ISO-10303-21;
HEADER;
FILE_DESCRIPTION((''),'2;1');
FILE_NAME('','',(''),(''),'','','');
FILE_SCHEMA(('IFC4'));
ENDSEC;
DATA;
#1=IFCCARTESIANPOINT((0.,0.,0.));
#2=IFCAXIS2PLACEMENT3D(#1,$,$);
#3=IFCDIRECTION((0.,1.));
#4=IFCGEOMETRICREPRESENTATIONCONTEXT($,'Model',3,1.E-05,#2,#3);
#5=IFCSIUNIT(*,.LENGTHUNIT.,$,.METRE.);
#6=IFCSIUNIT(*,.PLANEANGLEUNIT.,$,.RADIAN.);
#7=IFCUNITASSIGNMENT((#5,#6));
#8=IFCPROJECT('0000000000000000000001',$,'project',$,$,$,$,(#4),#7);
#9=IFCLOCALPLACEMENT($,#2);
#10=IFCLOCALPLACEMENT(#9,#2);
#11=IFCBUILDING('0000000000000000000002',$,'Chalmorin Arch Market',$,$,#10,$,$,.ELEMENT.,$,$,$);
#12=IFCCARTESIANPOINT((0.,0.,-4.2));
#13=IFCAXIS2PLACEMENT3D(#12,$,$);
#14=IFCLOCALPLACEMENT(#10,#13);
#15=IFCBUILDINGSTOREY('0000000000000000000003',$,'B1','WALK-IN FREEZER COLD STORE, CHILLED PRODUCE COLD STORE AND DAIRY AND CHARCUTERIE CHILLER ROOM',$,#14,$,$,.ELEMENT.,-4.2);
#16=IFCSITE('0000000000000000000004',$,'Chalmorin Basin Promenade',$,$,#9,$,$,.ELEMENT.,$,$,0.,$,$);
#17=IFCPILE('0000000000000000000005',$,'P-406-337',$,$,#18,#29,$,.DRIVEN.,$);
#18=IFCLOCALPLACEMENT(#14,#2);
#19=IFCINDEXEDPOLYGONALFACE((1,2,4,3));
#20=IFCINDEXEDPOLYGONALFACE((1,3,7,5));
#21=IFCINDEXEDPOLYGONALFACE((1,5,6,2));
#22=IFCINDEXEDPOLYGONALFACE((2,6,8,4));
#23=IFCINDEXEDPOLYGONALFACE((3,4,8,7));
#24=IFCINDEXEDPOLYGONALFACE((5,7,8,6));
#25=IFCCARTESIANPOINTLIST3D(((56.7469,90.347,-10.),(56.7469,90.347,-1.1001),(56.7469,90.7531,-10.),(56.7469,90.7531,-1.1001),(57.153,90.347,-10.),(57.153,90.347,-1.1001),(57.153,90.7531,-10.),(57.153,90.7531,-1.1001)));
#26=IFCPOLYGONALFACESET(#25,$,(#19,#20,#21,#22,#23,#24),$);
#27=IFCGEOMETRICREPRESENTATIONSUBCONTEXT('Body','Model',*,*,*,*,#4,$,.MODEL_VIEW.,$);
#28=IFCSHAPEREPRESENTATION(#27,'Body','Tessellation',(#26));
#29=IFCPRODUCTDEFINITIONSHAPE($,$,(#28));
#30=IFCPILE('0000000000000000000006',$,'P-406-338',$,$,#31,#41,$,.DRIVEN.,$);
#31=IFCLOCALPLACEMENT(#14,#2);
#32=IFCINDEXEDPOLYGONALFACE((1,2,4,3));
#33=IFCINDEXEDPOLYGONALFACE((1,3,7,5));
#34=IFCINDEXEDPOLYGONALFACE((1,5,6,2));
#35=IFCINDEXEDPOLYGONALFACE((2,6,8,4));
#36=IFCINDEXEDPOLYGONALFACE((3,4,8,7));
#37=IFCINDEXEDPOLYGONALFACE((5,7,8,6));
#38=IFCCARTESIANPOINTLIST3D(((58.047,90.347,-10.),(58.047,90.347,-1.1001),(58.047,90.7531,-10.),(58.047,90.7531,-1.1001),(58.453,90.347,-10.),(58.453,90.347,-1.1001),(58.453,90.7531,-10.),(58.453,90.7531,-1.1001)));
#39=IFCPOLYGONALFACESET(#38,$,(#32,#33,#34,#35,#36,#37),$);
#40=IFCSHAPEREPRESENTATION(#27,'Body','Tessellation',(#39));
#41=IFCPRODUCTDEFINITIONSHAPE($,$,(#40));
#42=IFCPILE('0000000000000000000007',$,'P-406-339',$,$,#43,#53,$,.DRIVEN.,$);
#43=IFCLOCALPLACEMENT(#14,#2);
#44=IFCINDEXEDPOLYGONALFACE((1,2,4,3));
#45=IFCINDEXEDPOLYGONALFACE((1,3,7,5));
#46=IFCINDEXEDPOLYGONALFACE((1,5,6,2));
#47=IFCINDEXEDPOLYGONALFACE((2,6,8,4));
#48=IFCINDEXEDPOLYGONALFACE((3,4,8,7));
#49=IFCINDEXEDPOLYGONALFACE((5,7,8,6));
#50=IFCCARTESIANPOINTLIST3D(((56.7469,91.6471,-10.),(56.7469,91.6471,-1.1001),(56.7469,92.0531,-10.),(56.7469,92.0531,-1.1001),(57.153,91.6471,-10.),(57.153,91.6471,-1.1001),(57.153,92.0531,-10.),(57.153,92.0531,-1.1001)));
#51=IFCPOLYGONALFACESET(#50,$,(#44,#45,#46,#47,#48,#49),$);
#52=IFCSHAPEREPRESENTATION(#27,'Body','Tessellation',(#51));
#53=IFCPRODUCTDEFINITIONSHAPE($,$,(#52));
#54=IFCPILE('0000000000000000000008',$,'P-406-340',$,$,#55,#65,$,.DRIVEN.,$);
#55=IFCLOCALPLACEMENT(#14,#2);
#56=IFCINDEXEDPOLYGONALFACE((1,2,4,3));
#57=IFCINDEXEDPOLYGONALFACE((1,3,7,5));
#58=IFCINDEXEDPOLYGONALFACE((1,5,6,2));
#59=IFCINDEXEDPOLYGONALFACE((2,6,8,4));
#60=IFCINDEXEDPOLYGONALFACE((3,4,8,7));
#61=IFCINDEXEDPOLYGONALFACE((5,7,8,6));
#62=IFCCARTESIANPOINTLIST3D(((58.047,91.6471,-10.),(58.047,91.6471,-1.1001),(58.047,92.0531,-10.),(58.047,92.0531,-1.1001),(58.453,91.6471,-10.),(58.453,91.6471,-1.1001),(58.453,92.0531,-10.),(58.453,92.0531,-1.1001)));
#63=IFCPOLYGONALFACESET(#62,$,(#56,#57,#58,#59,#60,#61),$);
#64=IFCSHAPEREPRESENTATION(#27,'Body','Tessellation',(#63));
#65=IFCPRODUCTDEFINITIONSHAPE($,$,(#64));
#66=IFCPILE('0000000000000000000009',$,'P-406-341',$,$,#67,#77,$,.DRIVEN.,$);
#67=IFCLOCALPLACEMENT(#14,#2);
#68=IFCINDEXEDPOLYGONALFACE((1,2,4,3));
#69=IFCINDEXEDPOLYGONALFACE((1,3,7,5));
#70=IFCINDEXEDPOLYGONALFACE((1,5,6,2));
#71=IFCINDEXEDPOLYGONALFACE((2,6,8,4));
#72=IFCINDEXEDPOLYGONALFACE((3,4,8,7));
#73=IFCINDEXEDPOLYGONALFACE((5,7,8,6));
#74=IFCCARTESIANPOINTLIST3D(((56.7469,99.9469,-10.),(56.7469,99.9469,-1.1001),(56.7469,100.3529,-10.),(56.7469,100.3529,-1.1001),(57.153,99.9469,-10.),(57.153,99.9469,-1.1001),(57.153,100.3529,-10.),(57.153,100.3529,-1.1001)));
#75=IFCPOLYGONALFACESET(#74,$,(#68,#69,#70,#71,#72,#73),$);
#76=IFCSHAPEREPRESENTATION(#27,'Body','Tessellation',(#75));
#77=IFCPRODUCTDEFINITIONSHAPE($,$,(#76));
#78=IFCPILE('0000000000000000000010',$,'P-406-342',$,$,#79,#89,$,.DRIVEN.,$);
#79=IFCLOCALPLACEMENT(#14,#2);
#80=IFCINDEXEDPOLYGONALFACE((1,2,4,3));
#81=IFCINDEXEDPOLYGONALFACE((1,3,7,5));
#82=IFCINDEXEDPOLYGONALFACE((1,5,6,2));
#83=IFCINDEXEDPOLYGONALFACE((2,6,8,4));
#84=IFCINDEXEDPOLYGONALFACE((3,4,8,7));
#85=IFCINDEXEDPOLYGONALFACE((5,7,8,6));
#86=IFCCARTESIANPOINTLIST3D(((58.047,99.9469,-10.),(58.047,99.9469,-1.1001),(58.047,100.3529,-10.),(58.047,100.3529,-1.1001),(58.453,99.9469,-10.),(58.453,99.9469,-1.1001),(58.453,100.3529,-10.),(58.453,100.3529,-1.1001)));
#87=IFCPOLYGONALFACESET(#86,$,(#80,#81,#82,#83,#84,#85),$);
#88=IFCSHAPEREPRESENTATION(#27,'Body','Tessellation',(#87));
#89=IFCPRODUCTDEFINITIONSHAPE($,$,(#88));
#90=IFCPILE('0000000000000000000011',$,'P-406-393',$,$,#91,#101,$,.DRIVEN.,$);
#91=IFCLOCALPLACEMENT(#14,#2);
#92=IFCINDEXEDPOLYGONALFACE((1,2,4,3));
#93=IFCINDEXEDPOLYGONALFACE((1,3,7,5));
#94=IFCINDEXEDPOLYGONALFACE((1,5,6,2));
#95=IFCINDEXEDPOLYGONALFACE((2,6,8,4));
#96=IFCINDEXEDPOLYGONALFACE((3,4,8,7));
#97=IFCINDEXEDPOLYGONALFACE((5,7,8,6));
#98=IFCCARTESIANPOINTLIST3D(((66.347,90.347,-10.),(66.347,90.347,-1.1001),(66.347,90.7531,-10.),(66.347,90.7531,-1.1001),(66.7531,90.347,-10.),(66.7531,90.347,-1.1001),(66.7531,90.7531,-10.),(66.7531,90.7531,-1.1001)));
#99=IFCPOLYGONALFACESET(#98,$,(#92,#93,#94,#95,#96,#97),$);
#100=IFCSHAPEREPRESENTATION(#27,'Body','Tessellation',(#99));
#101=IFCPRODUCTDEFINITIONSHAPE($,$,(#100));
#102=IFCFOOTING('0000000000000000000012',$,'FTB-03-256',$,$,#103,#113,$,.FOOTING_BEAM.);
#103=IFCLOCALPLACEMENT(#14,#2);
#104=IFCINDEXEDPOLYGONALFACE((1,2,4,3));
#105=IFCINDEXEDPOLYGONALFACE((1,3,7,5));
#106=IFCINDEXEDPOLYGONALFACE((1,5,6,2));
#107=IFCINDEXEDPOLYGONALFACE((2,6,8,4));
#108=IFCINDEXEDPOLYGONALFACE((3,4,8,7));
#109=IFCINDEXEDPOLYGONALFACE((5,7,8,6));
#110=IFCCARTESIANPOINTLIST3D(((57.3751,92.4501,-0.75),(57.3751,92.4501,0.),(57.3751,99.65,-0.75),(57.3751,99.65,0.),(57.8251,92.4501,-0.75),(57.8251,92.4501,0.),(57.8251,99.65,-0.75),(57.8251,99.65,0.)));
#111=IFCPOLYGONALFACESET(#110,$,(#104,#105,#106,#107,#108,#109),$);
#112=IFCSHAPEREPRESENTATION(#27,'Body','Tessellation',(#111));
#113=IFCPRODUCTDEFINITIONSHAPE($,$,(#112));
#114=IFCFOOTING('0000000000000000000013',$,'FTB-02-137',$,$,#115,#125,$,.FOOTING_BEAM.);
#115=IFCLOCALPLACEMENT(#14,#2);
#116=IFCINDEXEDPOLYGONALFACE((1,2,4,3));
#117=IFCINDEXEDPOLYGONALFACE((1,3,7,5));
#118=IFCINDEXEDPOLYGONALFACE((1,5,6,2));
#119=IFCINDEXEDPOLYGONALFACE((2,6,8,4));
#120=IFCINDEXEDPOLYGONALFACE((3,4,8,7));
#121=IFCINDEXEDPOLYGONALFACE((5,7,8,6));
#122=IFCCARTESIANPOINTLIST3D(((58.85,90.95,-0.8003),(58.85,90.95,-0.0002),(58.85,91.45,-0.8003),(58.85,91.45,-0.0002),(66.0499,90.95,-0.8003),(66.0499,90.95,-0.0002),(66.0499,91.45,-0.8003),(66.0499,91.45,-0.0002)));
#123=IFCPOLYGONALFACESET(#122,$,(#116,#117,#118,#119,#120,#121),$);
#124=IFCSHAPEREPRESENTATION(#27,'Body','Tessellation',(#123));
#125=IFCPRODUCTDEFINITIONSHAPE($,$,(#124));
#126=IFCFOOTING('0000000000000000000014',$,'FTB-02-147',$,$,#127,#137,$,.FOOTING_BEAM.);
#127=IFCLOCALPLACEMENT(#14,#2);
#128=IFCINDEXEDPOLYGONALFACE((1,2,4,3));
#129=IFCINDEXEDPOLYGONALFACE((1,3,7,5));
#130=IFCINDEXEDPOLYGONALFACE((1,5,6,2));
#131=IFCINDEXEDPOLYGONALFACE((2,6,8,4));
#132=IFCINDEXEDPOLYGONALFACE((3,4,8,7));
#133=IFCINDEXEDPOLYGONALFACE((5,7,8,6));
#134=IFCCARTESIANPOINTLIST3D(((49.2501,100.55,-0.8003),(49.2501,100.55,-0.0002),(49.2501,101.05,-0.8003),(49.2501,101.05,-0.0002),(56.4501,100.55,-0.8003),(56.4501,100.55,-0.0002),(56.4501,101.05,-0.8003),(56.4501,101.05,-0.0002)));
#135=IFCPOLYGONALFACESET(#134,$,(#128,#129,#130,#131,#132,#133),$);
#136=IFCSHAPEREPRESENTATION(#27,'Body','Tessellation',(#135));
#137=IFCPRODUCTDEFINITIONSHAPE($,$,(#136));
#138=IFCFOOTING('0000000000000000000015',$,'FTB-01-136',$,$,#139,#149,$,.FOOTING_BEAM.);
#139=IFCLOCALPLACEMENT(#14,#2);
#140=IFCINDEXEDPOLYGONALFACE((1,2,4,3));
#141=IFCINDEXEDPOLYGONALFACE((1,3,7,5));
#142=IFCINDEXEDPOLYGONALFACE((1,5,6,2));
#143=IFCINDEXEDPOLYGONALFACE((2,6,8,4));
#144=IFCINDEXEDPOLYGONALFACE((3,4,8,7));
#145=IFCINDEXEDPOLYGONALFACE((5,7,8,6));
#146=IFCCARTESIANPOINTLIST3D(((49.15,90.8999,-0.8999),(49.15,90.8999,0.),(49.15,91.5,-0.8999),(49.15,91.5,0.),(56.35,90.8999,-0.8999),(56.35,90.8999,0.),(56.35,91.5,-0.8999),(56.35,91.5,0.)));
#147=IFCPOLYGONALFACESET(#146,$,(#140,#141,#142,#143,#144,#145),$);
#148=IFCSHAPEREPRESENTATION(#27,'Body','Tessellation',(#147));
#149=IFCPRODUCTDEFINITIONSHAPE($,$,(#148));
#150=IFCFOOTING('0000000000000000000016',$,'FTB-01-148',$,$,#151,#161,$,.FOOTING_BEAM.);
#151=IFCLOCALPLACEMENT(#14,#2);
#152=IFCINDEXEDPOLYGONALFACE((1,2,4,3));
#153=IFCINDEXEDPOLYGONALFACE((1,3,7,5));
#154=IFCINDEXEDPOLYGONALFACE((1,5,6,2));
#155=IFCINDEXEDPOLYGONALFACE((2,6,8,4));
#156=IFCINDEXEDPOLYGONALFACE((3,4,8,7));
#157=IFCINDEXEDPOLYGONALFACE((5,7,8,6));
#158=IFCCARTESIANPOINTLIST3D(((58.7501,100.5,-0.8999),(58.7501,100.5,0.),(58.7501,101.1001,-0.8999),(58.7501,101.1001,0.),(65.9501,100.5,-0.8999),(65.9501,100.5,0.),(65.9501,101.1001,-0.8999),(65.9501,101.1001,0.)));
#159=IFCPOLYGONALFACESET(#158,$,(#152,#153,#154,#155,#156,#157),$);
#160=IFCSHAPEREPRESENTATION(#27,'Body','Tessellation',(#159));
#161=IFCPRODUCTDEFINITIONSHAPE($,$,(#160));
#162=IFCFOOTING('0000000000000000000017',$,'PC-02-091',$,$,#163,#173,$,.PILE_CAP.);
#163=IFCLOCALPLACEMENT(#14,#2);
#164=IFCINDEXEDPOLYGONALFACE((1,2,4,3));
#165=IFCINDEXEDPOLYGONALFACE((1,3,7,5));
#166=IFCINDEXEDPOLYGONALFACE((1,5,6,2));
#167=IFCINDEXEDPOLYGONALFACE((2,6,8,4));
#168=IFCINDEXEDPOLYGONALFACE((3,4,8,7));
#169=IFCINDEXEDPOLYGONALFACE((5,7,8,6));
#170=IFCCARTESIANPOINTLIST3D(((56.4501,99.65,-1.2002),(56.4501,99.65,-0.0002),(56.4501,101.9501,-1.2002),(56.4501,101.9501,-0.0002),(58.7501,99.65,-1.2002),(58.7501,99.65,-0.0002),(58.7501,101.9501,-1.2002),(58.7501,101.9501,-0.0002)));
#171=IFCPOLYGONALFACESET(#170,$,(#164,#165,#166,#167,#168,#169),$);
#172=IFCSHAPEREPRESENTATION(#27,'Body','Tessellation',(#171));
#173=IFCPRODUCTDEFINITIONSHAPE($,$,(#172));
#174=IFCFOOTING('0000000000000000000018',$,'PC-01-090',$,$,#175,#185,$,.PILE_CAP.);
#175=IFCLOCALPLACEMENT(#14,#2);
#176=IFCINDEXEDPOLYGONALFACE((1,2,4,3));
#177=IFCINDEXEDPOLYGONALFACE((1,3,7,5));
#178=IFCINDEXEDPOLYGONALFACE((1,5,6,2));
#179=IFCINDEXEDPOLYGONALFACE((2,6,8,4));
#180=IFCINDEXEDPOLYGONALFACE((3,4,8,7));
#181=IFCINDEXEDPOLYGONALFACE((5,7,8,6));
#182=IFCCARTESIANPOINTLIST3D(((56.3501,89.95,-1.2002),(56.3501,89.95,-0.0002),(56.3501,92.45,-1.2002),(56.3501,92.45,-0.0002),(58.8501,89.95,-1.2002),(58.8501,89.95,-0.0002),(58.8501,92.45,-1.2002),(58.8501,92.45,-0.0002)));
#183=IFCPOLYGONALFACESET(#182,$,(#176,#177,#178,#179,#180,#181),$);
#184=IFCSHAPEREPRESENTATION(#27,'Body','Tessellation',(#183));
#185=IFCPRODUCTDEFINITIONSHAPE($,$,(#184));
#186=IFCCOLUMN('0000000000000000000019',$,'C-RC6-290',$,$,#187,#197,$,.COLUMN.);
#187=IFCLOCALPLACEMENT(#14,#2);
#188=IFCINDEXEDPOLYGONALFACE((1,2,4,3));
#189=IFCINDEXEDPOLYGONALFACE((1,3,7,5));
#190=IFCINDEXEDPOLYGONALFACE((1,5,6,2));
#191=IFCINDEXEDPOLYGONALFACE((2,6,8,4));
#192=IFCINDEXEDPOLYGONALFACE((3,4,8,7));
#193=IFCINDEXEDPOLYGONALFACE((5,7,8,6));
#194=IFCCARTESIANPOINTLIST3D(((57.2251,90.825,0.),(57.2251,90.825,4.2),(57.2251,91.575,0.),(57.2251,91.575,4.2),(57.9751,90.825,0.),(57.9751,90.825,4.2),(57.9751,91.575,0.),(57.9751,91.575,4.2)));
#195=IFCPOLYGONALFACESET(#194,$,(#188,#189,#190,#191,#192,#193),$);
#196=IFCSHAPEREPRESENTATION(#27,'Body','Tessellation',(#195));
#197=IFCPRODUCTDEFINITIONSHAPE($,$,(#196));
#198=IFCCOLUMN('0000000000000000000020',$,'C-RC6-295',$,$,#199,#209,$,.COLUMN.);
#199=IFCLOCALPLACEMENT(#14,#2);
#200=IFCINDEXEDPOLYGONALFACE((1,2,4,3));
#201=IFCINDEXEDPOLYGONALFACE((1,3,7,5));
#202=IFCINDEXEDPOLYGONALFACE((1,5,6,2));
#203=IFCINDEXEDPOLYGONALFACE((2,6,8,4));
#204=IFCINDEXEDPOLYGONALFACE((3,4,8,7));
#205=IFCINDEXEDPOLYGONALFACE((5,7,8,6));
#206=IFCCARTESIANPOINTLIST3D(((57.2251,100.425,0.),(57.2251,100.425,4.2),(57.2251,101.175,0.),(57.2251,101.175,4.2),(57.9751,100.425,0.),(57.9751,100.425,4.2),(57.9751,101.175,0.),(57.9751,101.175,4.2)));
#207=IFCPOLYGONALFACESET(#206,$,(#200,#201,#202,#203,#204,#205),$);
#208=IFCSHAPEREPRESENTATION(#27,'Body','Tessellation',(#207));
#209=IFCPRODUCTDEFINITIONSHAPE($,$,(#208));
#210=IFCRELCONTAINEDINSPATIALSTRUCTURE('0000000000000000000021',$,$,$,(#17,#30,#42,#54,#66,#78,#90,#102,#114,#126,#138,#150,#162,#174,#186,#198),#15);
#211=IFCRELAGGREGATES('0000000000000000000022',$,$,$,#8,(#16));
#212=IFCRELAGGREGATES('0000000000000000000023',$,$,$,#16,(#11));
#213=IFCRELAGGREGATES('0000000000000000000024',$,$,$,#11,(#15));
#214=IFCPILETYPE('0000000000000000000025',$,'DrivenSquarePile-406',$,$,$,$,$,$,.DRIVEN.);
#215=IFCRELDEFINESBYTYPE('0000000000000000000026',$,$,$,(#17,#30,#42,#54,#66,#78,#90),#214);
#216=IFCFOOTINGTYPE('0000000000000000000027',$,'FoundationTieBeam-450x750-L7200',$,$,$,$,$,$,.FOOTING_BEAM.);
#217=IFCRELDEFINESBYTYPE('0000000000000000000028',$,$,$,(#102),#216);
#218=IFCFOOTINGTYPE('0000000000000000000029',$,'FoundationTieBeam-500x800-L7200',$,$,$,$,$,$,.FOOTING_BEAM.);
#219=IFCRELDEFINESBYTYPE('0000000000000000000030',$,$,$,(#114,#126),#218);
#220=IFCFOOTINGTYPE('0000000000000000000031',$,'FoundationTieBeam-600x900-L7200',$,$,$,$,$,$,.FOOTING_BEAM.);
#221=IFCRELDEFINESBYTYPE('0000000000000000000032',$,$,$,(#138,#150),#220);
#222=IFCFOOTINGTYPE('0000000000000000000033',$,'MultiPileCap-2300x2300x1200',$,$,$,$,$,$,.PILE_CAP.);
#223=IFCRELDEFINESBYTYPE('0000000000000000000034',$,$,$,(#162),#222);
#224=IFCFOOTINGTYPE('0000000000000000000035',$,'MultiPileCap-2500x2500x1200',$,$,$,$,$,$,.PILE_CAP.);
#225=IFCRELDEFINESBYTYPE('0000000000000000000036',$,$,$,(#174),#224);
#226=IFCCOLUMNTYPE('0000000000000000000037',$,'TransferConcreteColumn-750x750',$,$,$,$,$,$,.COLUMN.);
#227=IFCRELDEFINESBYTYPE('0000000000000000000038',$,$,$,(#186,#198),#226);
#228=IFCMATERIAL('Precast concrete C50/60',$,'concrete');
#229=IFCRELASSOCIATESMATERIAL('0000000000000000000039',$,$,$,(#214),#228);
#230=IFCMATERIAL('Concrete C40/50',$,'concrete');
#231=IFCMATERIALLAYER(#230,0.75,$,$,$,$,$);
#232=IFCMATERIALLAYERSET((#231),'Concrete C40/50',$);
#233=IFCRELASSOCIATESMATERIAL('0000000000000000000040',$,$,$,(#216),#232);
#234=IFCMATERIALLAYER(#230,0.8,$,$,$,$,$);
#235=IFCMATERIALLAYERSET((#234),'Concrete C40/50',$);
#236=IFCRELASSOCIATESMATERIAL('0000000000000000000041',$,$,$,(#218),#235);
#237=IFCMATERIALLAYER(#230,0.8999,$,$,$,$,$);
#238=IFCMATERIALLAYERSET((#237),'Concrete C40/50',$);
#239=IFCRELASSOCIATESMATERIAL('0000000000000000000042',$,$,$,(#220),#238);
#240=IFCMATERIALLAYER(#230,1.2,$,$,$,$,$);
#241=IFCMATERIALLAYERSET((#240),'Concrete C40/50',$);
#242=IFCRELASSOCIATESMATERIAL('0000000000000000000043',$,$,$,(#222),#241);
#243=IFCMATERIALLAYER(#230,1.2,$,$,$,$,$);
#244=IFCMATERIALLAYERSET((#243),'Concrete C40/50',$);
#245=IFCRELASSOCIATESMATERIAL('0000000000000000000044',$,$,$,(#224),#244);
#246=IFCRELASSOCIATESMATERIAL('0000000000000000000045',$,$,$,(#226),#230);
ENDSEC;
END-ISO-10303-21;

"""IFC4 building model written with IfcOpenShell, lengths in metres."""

from ifc_helpers import new_model, si_unit, direction, frame, origin, origin_2d, place, context, subcontext, project, spatial, rectangle, extrude, material, layer, layer_set, material_profile, profile_set, type_object, element, save


model = new_model("IFC4")

# Units and contexts
model_context = context("Model", 3, precision=1e-05, world=origin(), true_north=direction((0.0, 1.0)))
body_context = subcontext(model_context, "Body", "Model", "MODEL_VIEW")
ifc_project = project(units=[si_unit("LENGTHUNIT", "METRE"), si_unit("PLANEANGLEUNIT", "RADIAN")], contexts=[model_context])

# Site, building, storey
site_placement = place(None, origin())
site = spatial("IfcSite", under=ifc_project, at=site_placement, Name="Chalmorin Basin Promenade", CompositionType="ELEMENT", RefElevation=0.0)
building_placement = place(site_placement, origin())
building = spatial("IfcBuilding", under=site, at=building_placement, Name="Chalmorin Arch Market", CompositionType="ELEMENT")
storey_placement = place(building_placement, frame((0.0, 0.0, -4.2)))
storey = spatial("IfcBuildingStorey", under=building, at=storey_placement, Name="B1", Description="WALK-IN FREEZER COLD STORE, CHILLED PRODUCE COLD STORE AND DAIRY AND CHARCUTERIE CHILLER ROOM", CompositionType="ELEMENT", Elevation=-4.2)

# Piles
ifc_material_1 = material(Name="Precast concrete C50/60", Category="concrete")
ifc_material_profile_1 = material_profile(ifc_material_1, rectangle(XDim=0.406, YDim=0.406, at=origin_2d()), Name="PPC406")
ifc_profile_set_1 = profile_set([ifc_material_profile_1], Name="Precast concrete C50/60")
pile_type = type_object("IfcPileType", Name="DrivenSquarePile-406", PredefinedType="DRIVEN", material=ifc_profile_set_1)
for number, where, z_axis, x_axis, name in (
    (1, (56.95, 90.55, -1.1001), (0.0, 0.0, -1.0), (1.0, 0.0, 0.0), "P-406-337"),
    (2, (58.25, 90.55, -1.1001), (0.0, 0.0, -1.0), (1.0, 0.0, 0.0), "P-406-338"),
    (3, (56.95, 91.8501, -1.1001), (0.0, 0.0, -1.0), (1.0, 0.0, 0.0), "P-406-339"),
    (4, (58.25, 91.8501, -1.1001), (0.0, 0.0, -1.0), (1.0, 0.0, 0.0), "P-406-340"),
    (5, (56.95, 100.1499, -1.1001), (0.0, 0.0, -1.0), (1.0, 0.0, 0.0), "P-406-341"),
    (6, (58.25, 100.1499, -1.1001), (0.0, 0.0, -1.0), (1.0, 0.0, 0.0), "P-406-342"),
    (7, (66.55, 90.55, -1.1001), (0.0, 0.0, -1.0), (1.0, 0.0, 0.0), "P-406-393"),
):
    element("IfcPile", number, at=place(storey_placement, frame(where, z_axis=z_axis, x_axis=x_axis)), inside=storey, type_object=pile_type, Name=name, PredefinedType="DRIVEN", context=body_context, shape_type="SweptSolid", body=[
        extrude(rectangle(XDim=0.406, YDim=0.406, at=origin_2d()), origin(), (0.0, 0.0, 1.0), 8.8999),
    ])

# Footings
ifc_material_2 = material(Name="Concrete C40/50", Category="concrete")
ifc_layer_1 = layer(ifc_material_2, 0.75)
ifc_layer_set_1 = layer_set([ifc_layer_1], Name="Concrete C40/50")
footing_type_1 = type_object("IfcFootingType", Name="FoundationTieBeam-450x750-L7200", PredefinedType="FOOTING_BEAM", material=ifc_layer_set_1)
footing_1_placement = place(storey_placement, frame((57.6001, 96.05, -0.75), z_axis=(0.0, 0.0, 1.0), x_axis=(0.0, 1.0, 0.0)))
element("IfcFooting", 8, at=footing_1_placement, inside=storey, type_object=footing_type_1, Name="FTB-03-256", PredefinedType="FOOTING_BEAM", context=body_context, shape_type="SweptSolid", body=[
    extrude(rectangle(XDim=7.2, YDim=0.45, at=origin_2d()), origin(), (0.0, 0.0, 1.0), 0.75),
])
ifc_layer_2 = layer(ifc_material_2, 0.8)
ifc_layer_set_2 = layer_set([ifc_layer_2], Name="Concrete C40/50")
footing_type_2 = type_object("IfcFootingType", Name="FoundationTieBeam-500x800-L7200", PredefinedType="FOOTING_BEAM", material=ifc_layer_set_2)
for number, where, z_axis, x_axis, name in (
    (9, (62.45, 91.2, -0.8003), (0.0, 0.0, 1.0), (1.0, 0.0, 0.0), "FTB-02-137"),
    (10, (52.8501, 100.8, -0.8003), (0.0, 0.0, 1.0), (1.0, 0.0, 0.0), "FTB-02-147"),
):
    element("IfcFooting", number, at=place(storey_placement, frame(where, z_axis=z_axis, x_axis=x_axis)), inside=storey, type_object=footing_type_2, Name=name, PredefinedType="FOOTING_BEAM", context=body_context, shape_type="SweptSolid", body=[
        extrude(rectangle(XDim=7.2, YDim=0.5, at=origin_2d()), origin(), (0.0, 0.0, 1.0), 0.8),
    ])
ifc_layer_3 = layer(ifc_material_2, 0.8999)
ifc_layer_set_3 = layer_set([ifc_layer_3], Name="Concrete C40/50")
footing_type_3 = type_object("IfcFootingType", Name="FoundationTieBeam-600x900-L7200", PredefinedType="FOOTING_BEAM", material=ifc_layer_set_3)
for number, where, z_axis, x_axis, name in (
    (11, (52.75, 91.2, -0.8999), (0.0, 0.0, 1.0), (1.0, 0.0, 0.0), "FTB-01-136"),
    (12, (62.3501, 100.8, -0.8999), (0.0, 0.0, 1.0), (1.0, 0.0, 0.0), "FTB-01-148"),
):
    element("IfcFooting", number, at=place(storey_placement, frame(where, z_axis=z_axis, x_axis=x_axis)), inside=storey, type_object=footing_type_3, Name=name, PredefinedType="FOOTING_BEAM", context=body_context, shape_type="SweptSolid", body=[
        extrude(rectangle(XDim=7.2, YDim=0.6001, at=origin_2d()), origin(), (0.0, 0.0, 1.0), 0.8999),
    ])
ifc_layer_4 = layer(ifc_material_2, 1.2)
ifc_layer_set_4 = layer_set([ifc_layer_4], Name="Concrete C40/50")
footing_type_4 = type_object("IfcFootingType", Name="MultiPileCap-2300x2300x1200", PredefinedType="PILE_CAP", material=ifc_layer_set_4)
footing_2_placement = place(storey_placement, frame((57.6001, 100.8, -1.2002), z_axis=(0.0, 0.0, 1.0), x_axis=(1.0, 0.0, 0.0)))
element("IfcFooting", 13, at=footing_2_placement, inside=storey, type_object=footing_type_4, Name="PC-02-091", PredefinedType="PILE_CAP", context=body_context, shape_type="SweptSolid", body=[
    extrude(rectangle(XDim=2.3, YDim=2.3, at=origin_2d()), origin(), (0.0, 0.0, 1.0), 1.2),
])
ifc_layer_5 = layer(ifc_material_2, 1.2)
ifc_layer_set_5 = layer_set([ifc_layer_5], Name="Concrete C40/50")
footing_type_5 = type_object("IfcFootingType", Name="MultiPileCap-2500x2500x1200", PredefinedType="PILE_CAP", material=ifc_layer_set_5)
footing_3_placement = place(storey_placement, frame((57.6001, 91.2, -1.2002), z_axis=(0.0, 0.0, 1.0), x_axis=(1.0, 0.0, 0.0)))
element("IfcFooting", 14, at=footing_3_placement, inside=storey, type_object=footing_type_5, Name="PC-01-090", PredefinedType="PILE_CAP", context=body_context, shape_type="SweptSolid", body=[
    extrude(rectangle(XDim=2.5, YDim=2.5, at=origin_2d()), origin(), (0.0, 0.0, 1.0), 1.2),
])

# Columns
ifc_material_profile_2 = material_profile(ifc_material_2, rectangle(XDim=0.75, YDim=0.75, at=origin_2d()), Name="RC750X750")
ifc_profile_set_2 = profile_set([ifc_material_profile_2], Name="Concrete C40/50")
column_type = type_object("IfcColumnType", Name="TransferConcreteColumn-750x750", PredefinedType="COLUMN", material=ifc_profile_set_2)
for number, where, z_axis, x_axis, name in (
    (15, (57.6001, 91.2, 0.0), (0.0, 0.0, 1.0), (1.0, 0.0, 0.0), "C-RC6-290"),
    (16, (57.6001, 100.8, 0.0), (0.0, 0.0, 1.0), (1.0, 0.0, 0.0), "C-RC6-295"),
):
    element("IfcColumn", number, at=place(storey_placement, frame(where, z_axis=z_axis, x_axis=x_axis)), inside=storey, type_object=column_type, Name=name, PredefinedType="COLUMN", context=body_context, shape_type="SweptSolid", body=[
        extrude(rectangle(XDim=0.75, YDim=0.75, at=origin_2d()), origin(), (0.0, 0.0, 1.0), 4.2),
    ])

save(model, "model.ifc")
